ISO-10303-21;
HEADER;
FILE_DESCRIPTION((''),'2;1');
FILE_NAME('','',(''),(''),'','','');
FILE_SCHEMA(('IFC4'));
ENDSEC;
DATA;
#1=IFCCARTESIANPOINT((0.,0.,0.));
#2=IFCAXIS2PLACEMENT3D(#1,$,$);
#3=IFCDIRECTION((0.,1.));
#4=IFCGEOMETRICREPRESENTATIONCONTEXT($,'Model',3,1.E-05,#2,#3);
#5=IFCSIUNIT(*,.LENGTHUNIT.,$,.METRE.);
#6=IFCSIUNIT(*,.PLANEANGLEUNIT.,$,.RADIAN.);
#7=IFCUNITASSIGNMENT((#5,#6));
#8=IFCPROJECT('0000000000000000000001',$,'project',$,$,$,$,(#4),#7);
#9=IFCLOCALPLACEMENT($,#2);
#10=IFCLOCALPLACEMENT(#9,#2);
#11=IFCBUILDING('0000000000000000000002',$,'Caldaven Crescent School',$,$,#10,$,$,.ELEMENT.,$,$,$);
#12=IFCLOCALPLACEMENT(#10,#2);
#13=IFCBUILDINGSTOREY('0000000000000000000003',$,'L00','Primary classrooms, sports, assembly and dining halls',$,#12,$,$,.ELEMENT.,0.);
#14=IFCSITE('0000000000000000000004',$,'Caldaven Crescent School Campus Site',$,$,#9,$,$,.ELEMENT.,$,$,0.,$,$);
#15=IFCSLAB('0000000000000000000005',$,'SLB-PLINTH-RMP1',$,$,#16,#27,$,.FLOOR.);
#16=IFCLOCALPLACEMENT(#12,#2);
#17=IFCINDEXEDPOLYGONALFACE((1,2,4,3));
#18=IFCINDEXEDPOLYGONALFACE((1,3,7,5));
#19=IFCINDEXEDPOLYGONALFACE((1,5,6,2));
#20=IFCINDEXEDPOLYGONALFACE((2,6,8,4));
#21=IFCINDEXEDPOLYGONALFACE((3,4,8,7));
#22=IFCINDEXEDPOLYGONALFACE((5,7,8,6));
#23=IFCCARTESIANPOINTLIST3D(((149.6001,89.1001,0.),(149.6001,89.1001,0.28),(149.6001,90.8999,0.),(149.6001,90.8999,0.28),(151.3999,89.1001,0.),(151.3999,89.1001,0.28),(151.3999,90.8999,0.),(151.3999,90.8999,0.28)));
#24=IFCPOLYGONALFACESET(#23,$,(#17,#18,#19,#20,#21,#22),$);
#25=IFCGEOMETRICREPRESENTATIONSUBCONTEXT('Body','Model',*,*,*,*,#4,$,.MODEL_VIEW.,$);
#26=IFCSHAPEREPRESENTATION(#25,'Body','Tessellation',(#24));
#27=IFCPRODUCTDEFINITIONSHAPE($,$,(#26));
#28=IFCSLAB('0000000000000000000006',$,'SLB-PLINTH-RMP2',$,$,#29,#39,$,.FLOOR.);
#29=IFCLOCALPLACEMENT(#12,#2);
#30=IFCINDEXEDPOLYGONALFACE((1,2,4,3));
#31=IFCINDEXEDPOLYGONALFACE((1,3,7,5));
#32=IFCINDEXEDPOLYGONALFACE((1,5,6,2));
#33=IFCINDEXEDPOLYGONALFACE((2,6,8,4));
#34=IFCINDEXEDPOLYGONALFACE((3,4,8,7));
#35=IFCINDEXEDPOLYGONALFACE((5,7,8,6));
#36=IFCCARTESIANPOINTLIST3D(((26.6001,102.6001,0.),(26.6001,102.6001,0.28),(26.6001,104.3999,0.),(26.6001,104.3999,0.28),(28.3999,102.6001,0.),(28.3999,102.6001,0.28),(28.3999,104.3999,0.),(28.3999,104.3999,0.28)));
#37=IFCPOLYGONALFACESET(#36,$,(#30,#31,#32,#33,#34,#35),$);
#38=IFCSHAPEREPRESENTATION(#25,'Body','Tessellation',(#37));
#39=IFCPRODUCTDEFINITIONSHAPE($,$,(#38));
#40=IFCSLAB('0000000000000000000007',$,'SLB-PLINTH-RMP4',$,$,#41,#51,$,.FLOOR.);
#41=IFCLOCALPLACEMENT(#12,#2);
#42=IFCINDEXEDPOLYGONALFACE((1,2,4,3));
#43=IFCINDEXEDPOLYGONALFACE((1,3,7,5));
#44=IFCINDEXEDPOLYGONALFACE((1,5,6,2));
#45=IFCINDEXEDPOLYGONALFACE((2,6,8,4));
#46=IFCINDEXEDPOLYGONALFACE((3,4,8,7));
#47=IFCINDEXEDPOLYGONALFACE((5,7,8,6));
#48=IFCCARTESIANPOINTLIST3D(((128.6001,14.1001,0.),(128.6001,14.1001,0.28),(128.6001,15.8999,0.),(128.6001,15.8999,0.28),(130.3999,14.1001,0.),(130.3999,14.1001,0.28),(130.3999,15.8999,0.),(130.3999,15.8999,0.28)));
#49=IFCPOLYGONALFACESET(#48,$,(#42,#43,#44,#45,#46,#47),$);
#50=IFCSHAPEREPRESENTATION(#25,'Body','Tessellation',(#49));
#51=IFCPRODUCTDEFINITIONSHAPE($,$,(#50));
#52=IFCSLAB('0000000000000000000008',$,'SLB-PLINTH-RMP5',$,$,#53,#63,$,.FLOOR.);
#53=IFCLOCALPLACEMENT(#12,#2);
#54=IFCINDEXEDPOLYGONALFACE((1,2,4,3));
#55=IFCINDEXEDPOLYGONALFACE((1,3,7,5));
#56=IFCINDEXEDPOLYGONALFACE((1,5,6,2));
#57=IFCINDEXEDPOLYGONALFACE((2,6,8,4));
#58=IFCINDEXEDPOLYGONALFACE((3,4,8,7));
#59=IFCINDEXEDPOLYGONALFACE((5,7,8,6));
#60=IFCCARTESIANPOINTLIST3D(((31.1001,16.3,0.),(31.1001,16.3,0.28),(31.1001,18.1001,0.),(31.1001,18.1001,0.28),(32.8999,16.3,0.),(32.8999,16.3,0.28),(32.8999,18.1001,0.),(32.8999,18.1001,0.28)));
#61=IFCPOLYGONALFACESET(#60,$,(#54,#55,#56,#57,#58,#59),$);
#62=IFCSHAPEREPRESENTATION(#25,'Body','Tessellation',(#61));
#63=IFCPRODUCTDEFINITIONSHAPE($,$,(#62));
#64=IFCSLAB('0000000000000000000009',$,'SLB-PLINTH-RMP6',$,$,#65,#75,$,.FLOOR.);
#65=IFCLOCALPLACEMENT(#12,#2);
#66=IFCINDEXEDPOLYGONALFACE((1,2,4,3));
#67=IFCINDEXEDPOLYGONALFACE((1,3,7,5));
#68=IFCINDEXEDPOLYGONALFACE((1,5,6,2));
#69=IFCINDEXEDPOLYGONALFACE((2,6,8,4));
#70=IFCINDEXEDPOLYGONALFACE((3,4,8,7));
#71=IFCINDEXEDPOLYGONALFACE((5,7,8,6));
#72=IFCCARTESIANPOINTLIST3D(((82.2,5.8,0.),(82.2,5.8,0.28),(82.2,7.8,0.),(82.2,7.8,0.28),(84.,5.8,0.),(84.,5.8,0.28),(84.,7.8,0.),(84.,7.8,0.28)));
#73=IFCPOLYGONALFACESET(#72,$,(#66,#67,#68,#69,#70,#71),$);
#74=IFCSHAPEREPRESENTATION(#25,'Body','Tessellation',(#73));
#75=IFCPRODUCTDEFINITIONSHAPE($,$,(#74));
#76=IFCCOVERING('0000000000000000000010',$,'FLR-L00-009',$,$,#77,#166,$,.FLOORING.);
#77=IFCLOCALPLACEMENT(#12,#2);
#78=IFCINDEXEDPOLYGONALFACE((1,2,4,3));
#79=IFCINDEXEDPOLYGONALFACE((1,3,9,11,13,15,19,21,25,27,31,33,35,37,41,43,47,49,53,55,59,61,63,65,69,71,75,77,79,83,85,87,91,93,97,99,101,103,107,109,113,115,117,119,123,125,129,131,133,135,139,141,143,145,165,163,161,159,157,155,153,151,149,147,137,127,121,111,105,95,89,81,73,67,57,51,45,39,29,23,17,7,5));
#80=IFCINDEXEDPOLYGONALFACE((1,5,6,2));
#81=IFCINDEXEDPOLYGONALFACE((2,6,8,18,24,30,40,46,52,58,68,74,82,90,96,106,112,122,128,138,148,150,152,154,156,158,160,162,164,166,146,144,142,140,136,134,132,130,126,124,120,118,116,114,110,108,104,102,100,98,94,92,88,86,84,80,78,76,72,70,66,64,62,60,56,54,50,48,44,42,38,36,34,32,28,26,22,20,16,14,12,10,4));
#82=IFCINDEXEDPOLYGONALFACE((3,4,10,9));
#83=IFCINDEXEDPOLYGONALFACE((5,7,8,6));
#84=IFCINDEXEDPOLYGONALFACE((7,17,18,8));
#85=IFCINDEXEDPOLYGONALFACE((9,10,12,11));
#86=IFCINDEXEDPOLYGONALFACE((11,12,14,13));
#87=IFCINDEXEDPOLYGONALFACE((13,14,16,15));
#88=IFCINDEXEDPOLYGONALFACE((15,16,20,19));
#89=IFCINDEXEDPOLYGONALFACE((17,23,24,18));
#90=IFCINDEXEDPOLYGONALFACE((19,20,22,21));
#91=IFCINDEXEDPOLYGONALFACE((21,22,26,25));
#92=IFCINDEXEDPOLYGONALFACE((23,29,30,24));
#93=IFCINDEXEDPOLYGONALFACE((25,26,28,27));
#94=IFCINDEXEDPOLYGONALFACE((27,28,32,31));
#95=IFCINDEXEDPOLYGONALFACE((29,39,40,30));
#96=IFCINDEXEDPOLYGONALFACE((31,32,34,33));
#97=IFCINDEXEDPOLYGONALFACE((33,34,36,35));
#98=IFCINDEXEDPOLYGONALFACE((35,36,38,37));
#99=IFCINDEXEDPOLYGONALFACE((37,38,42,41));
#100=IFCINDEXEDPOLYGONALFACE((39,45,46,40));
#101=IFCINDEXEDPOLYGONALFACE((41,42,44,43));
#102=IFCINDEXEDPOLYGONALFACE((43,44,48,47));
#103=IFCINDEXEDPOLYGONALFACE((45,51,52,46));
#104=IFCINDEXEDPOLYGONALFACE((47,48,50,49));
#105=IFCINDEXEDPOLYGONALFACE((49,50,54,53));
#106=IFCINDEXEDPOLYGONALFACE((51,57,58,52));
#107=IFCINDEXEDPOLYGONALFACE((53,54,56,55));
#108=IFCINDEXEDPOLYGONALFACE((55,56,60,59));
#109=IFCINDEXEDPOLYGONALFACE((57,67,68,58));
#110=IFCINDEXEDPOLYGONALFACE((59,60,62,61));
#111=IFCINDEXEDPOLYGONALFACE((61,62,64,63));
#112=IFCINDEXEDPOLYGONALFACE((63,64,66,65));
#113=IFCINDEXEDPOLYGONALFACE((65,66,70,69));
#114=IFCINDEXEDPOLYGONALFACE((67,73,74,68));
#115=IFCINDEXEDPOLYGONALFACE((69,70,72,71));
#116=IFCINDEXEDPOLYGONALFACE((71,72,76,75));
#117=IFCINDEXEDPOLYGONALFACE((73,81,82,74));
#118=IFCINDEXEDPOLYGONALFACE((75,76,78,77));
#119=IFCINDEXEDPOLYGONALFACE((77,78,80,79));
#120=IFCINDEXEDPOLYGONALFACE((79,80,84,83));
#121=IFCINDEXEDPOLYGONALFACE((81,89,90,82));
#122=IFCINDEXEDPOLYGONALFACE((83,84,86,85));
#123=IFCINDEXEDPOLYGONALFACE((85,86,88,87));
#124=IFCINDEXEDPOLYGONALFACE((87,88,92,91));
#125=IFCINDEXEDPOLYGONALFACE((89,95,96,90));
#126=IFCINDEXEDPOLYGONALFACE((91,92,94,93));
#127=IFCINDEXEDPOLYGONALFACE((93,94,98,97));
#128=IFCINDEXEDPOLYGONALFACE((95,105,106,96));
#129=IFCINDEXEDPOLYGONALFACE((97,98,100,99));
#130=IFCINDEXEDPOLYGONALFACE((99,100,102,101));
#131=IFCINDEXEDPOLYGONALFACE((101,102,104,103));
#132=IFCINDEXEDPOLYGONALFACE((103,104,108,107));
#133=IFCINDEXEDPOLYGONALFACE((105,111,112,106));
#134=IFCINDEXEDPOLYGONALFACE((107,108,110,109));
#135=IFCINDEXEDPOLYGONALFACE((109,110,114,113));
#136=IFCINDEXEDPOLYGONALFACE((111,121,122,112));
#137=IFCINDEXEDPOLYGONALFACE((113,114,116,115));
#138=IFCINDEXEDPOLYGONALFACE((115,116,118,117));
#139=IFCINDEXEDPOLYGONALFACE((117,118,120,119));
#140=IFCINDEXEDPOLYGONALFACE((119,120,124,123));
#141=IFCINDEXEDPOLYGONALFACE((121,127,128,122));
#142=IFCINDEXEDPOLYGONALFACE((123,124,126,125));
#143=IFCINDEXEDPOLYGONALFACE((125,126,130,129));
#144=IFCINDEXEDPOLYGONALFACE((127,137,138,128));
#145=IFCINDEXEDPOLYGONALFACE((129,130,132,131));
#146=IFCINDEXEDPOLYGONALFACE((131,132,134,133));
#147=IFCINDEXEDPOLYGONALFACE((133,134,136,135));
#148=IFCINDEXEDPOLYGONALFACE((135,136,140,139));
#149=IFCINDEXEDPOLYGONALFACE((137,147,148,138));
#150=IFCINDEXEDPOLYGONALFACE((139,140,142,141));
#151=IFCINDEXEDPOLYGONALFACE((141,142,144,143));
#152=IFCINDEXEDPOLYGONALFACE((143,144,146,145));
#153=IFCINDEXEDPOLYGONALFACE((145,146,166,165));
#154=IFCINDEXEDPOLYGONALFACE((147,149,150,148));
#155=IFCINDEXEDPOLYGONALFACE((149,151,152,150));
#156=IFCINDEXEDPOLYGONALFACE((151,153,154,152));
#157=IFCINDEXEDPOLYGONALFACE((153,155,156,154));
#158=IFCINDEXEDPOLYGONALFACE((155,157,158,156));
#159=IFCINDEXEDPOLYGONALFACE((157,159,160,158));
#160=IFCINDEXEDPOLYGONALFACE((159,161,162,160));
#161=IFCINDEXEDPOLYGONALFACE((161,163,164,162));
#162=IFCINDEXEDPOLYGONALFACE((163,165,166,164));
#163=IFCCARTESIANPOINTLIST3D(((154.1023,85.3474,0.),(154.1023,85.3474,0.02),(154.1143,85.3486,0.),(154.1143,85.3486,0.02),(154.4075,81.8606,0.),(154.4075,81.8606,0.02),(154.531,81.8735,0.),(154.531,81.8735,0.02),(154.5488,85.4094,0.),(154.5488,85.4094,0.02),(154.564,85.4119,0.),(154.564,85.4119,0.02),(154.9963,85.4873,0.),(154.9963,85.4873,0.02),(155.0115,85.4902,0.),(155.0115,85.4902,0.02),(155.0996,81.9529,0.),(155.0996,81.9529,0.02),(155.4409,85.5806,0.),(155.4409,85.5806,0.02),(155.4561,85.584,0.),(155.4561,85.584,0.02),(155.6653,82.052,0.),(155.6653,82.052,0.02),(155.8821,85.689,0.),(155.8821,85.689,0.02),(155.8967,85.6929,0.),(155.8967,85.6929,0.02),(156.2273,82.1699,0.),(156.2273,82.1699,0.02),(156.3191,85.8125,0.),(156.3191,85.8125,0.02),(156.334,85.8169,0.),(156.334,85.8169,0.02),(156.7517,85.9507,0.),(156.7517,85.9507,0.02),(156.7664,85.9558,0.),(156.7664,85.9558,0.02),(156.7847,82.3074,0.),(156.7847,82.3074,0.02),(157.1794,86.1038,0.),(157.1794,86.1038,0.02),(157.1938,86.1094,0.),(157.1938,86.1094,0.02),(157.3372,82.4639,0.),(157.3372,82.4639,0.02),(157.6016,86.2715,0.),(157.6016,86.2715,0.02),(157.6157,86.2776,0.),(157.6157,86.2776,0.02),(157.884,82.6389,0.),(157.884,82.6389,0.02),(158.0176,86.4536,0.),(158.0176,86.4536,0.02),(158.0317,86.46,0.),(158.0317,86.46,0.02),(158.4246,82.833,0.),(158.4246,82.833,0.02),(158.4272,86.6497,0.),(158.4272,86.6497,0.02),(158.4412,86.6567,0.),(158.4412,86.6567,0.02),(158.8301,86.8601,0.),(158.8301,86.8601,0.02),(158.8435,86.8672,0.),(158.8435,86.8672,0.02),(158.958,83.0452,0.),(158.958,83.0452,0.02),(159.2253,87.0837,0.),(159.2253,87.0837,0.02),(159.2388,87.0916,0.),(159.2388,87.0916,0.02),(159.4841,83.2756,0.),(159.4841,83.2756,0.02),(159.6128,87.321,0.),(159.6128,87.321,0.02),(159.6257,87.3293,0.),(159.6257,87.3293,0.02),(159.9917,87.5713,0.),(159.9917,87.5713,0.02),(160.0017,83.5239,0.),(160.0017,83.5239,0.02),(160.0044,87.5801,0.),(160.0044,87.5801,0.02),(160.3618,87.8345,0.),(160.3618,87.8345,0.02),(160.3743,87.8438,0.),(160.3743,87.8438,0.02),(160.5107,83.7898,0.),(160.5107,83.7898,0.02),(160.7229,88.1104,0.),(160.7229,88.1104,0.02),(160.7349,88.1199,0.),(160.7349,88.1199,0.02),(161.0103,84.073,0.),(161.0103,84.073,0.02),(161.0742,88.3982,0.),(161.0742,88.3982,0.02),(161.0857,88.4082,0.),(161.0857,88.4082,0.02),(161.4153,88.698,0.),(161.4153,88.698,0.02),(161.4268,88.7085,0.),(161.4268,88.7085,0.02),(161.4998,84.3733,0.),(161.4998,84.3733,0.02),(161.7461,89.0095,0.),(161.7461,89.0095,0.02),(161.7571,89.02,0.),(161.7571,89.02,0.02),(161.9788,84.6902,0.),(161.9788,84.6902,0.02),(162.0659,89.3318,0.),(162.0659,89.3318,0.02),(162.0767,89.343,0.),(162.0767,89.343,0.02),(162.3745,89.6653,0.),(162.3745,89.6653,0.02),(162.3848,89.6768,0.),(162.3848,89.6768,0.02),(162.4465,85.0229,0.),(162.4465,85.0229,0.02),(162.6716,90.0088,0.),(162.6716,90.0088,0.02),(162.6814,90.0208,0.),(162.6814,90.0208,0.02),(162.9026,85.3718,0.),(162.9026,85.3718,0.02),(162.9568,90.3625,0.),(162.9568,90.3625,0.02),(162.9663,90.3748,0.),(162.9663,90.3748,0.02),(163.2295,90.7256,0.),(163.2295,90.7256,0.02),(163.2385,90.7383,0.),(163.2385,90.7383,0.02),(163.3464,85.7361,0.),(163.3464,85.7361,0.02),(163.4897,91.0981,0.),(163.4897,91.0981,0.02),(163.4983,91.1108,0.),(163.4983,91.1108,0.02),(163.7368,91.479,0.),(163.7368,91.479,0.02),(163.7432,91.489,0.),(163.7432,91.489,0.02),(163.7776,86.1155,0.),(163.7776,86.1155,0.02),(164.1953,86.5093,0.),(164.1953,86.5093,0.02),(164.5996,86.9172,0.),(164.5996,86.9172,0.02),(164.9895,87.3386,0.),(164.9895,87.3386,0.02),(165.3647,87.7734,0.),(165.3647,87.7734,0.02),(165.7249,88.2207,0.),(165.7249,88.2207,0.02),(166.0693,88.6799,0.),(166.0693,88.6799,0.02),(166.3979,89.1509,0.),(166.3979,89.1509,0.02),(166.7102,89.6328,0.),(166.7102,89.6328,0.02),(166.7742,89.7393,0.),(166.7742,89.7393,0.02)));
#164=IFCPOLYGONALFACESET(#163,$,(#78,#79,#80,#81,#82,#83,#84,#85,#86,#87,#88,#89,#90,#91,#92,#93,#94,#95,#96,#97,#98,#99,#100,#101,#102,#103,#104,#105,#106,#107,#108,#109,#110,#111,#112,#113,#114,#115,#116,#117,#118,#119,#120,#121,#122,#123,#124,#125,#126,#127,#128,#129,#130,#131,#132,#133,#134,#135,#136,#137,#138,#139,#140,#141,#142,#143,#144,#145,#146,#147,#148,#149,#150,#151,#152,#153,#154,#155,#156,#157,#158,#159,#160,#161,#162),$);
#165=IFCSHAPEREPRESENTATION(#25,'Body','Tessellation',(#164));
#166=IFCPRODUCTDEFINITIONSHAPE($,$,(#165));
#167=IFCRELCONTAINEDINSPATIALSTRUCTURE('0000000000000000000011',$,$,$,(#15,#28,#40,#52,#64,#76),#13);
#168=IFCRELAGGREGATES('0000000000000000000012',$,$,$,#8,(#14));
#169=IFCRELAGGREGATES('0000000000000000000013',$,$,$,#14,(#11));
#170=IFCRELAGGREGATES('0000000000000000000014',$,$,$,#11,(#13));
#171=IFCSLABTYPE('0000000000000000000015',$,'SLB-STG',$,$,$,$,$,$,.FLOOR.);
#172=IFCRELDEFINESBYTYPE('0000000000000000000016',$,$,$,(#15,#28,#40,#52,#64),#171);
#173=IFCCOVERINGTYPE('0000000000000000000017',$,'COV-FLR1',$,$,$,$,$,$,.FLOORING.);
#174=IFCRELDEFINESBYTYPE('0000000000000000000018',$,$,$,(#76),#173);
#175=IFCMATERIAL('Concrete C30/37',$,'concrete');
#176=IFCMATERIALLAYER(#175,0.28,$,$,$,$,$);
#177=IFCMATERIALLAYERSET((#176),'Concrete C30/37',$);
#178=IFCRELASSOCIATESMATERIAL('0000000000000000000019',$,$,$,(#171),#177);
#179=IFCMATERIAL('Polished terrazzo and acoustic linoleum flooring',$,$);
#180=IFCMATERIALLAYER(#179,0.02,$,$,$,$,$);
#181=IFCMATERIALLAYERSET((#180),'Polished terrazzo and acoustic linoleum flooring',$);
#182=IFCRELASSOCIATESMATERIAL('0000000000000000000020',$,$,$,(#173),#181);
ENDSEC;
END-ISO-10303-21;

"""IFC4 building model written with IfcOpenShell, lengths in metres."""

from ifc_helpers import new_model, si_unit, direction, origin, place, context, subcontext, project, spatial, polyline, outline, extrude, material, layer, layer_set, type_object, element, save


model = new_model("IFC4")

# Units and contexts
model_context = context("Model", 3, precision=1e-05, world=origin(), true_north=direction((0.0, 1.0)))
body_context = subcontext(model_context, "Body", "Model", "MODEL_VIEW")
ifc_project = project(units=[si_unit("LENGTHUNIT", "METRE"), si_unit("PLANEANGLEUNIT", "RADIAN")], contexts=[model_context])

# Site, building, storey
site_placement = place(None, origin())
site = spatial("IfcSite", under=ifc_project, at=site_placement, Name="Caldaven Crescent School Campus Site", CompositionType="ELEMENT", RefElevation=0.0)
building_placement = place(site_placement, origin())
building = spatial("IfcBuilding", under=site, at=building_placement, Name="Caldaven Crescent School", CompositionType="ELEMENT")
storey_placement = place(building_placement, origin())
storey = spatial("IfcBuildingStorey", under=building, at=storey_placement, Name="L00", Description="Primary classrooms, sports, assembly and dining halls", CompositionType="ELEMENT", Elevation=0.0)

# Slabs
ifc_material_1 = material(Name="Concrete C30/37", Category="concrete")
ifc_layer_1 = layer(ifc_material_1, 0.28)
ifc_layer_set_1 = layer_set([ifc_layer_1], Name="Concrete C30/37")
slab_type_1 = type_object("IfcSlabType", Name="SLB-STG", PredefinedType="FLOOR", material=ifc_layer_set_1)
slab_1_placement = place(storey_placement, origin())
element("IfcSlab", 1, at=slab_1_placement, inside=storey, type_object=slab_type_1, Name="SLB-PLINTH-RMP1", PredefinedType="FLOOR", context=body_context, shape_type="SweptSolid", body=[
    extrude(outline(polyline([(149.6001, 89.1001), (151.3999, 89.1001), (151.3999, 90.8999), (149.6001, 90.8999), (149.6001, 89.1001)])), origin(), (0.0, 0.0, 1.0), 0.28),
])
slab_2_placement = place(storey_placement, origin())
element("IfcSlab", 2, at=slab_2_placement, inside=storey, type_object=slab_type_1, Name="SLB-PLINTH-RMP2", PredefinedType="FLOOR", context=body_context, shape_type="SweptSolid", body=[
    extrude(outline(polyline([(26.6001, 102.6001), (28.3999, 102.6001), (28.3999, 104.3999), (26.6001, 104.3999), (26.6001, 102.6001)])), origin(), (0.0, 0.0, 1.0), 0.28),
])
slab_3_placement = place(storey_placement, origin())
element("IfcSlab", 3, at=slab_3_placement, inside=storey, type_object=slab_type_1, Name="SLB-PLINTH-RMP4", PredefinedType="FLOOR", context=body_context, shape_type="SweptSolid", body=[
    extrude(outline(polyline([(128.6001, 14.1001), (130.3999, 14.1001), (130.3999, 15.8999), (128.6001, 15.8999), (128.6001, 14.1001)])), origin(), (0.0, 0.0, 1.0), 0.28),
])
slab_4_placement = place(storey_placement, origin())
element("IfcSlab", 4, at=slab_4_placement, inside=storey, type_object=slab_type_1, Name="SLB-PLINTH-RMP5", PredefinedType="FLOOR", context=body_context, shape_type="SweptSolid", body=[
    extrude(outline(polyline([(31.1001, 16.3), (32.8999, 16.3), (32.8999, 18.1001), (31.1001, 18.1001), (31.1001, 16.3)])), origin(), (0.0, 0.0, 1.0), 0.28),
])
slab_5_placement = place(storey_placement, origin())
element("IfcSlab", 5, at=slab_5_placement, inside=storey, type_object=slab_type_1, Name="SLB-PLINTH-RMP6", PredefinedType="FLOOR", context=body_context, shape_type="SweptSolid", body=[
    extrude(outline(polyline([(82.2, 5.8), (84.0, 5.8), (84.0, 7.8), (82.2, 7.8), (82.2, 5.8)])), origin(), (0.0, 0.0, 1.0), 0.28),
])

# Covering
ifc_material_2 = material(Name="Polished terrazzo and acoustic linoleum flooring")
ifc_layer_2 = layer(ifc_material_2, 0.02)
ifc_layer_set_2 = layer_set([ifc_layer_2], Name="Polished terrazzo and acoustic linoleum flooring")
covering_type_1 = type_object("IfcCoveringType", Name="COV-FLR1", PredefinedType="FLOORING", material=ifc_layer_set_2)
covering_1_placement = place(storey_placement, origin())
element("IfcCovering", 6, at=covering_1_placement, inside=storey, type_object=covering_type_1, Name="FLR-L00-009", PredefinedType="FLOORING", context=body_context, shape_type="SweptSolid", body=[
    extrude(outline(polyline([(154.1023, 85.3474), (154.1143, 85.3486), (154.5488, 85.4094), (154.564, 85.4119), (154.9963, 85.4873), (155.0115, 85.4902), (155.4409, 85.5806), (155.4561, 85.584), (155.8821, 85.689), (155.8967, 85.6929), (156.3191, 85.8125), (156.334, 85.8169), (156.7517, 85.9507), (156.7664, 85.9558), (157.1794, 86.1038), (157.1938, 86.1094), (157.6016, 86.2715), (157.6157, 86.2776), (158.0176, 86.4536), (158.0317, 86.46), (158.4272, 86.6497), (158.4412, 86.6567), (158.8301, 86.8601), (158.8435, 86.8672), (159.2253, 87.0837), (159.2388, 87.0916), (159.6128, 87.321), (159.6257, 87.3293), (159.9917, 87.5713), (160.0044, 87.5801), (160.3618, 87.8345), (160.3743, 87.8438), (160.7229, 88.1104), (160.7349, 88.1199), (161.0742, 88.3982), (161.0857, 88.4082), (161.4153, 88.698), (161.4268, 88.7085), (161.7461, 89.0095), (161.7571, 89.02), (162.0659, 89.3318), (162.0767, 89.343), (162.3745, 89.6653), (162.3848, 89.6768), (162.6716, 90.0088), (162.6814, 90.0208), (162.9568, 90.3625), (162.9663, 90.3748), (163.2295, 90.7256), (163.2385, 90.7383), (163.4897, 91.0981), (163.4983, 91.1108), (163.7368, 91.479), (163.7432, 91.489), (166.7742, 89.7393), (166.7102, 89.6328), (166.3979, 89.1509), (166.0693, 88.6799), (165.7249, 88.2207), (165.3647, 87.7734), (164.9895, 87.3386), (164.5996, 86.9172), (164.1953, 86.5093), (163.7776, 86.1155), (163.3464, 85.7361), (162.9026, 85.3718), (162.4465, 85.0229), (161.9788, 84.6902), (161.4998, 84.3733), (161.0103, 84.073), (160.5107, 83.7898), (160.0017, 83.5239), (159.4841, 83.2756), (158.958, 83.0452), (158.4246, 82.833), (157.884, 82.6389), (157.3372, 82.4639), (156.7847, 82.3074), (156.2273, 82.1699), (155.6653, 82.052), (155.0996, 81.9529), (154.531, 81.8735), (154.4075, 81.8606), (154.1023, 85.3474)])), origin(), (0.0, 0.0, 1.0), 0.02),
])

save(model, "model.ifc")
